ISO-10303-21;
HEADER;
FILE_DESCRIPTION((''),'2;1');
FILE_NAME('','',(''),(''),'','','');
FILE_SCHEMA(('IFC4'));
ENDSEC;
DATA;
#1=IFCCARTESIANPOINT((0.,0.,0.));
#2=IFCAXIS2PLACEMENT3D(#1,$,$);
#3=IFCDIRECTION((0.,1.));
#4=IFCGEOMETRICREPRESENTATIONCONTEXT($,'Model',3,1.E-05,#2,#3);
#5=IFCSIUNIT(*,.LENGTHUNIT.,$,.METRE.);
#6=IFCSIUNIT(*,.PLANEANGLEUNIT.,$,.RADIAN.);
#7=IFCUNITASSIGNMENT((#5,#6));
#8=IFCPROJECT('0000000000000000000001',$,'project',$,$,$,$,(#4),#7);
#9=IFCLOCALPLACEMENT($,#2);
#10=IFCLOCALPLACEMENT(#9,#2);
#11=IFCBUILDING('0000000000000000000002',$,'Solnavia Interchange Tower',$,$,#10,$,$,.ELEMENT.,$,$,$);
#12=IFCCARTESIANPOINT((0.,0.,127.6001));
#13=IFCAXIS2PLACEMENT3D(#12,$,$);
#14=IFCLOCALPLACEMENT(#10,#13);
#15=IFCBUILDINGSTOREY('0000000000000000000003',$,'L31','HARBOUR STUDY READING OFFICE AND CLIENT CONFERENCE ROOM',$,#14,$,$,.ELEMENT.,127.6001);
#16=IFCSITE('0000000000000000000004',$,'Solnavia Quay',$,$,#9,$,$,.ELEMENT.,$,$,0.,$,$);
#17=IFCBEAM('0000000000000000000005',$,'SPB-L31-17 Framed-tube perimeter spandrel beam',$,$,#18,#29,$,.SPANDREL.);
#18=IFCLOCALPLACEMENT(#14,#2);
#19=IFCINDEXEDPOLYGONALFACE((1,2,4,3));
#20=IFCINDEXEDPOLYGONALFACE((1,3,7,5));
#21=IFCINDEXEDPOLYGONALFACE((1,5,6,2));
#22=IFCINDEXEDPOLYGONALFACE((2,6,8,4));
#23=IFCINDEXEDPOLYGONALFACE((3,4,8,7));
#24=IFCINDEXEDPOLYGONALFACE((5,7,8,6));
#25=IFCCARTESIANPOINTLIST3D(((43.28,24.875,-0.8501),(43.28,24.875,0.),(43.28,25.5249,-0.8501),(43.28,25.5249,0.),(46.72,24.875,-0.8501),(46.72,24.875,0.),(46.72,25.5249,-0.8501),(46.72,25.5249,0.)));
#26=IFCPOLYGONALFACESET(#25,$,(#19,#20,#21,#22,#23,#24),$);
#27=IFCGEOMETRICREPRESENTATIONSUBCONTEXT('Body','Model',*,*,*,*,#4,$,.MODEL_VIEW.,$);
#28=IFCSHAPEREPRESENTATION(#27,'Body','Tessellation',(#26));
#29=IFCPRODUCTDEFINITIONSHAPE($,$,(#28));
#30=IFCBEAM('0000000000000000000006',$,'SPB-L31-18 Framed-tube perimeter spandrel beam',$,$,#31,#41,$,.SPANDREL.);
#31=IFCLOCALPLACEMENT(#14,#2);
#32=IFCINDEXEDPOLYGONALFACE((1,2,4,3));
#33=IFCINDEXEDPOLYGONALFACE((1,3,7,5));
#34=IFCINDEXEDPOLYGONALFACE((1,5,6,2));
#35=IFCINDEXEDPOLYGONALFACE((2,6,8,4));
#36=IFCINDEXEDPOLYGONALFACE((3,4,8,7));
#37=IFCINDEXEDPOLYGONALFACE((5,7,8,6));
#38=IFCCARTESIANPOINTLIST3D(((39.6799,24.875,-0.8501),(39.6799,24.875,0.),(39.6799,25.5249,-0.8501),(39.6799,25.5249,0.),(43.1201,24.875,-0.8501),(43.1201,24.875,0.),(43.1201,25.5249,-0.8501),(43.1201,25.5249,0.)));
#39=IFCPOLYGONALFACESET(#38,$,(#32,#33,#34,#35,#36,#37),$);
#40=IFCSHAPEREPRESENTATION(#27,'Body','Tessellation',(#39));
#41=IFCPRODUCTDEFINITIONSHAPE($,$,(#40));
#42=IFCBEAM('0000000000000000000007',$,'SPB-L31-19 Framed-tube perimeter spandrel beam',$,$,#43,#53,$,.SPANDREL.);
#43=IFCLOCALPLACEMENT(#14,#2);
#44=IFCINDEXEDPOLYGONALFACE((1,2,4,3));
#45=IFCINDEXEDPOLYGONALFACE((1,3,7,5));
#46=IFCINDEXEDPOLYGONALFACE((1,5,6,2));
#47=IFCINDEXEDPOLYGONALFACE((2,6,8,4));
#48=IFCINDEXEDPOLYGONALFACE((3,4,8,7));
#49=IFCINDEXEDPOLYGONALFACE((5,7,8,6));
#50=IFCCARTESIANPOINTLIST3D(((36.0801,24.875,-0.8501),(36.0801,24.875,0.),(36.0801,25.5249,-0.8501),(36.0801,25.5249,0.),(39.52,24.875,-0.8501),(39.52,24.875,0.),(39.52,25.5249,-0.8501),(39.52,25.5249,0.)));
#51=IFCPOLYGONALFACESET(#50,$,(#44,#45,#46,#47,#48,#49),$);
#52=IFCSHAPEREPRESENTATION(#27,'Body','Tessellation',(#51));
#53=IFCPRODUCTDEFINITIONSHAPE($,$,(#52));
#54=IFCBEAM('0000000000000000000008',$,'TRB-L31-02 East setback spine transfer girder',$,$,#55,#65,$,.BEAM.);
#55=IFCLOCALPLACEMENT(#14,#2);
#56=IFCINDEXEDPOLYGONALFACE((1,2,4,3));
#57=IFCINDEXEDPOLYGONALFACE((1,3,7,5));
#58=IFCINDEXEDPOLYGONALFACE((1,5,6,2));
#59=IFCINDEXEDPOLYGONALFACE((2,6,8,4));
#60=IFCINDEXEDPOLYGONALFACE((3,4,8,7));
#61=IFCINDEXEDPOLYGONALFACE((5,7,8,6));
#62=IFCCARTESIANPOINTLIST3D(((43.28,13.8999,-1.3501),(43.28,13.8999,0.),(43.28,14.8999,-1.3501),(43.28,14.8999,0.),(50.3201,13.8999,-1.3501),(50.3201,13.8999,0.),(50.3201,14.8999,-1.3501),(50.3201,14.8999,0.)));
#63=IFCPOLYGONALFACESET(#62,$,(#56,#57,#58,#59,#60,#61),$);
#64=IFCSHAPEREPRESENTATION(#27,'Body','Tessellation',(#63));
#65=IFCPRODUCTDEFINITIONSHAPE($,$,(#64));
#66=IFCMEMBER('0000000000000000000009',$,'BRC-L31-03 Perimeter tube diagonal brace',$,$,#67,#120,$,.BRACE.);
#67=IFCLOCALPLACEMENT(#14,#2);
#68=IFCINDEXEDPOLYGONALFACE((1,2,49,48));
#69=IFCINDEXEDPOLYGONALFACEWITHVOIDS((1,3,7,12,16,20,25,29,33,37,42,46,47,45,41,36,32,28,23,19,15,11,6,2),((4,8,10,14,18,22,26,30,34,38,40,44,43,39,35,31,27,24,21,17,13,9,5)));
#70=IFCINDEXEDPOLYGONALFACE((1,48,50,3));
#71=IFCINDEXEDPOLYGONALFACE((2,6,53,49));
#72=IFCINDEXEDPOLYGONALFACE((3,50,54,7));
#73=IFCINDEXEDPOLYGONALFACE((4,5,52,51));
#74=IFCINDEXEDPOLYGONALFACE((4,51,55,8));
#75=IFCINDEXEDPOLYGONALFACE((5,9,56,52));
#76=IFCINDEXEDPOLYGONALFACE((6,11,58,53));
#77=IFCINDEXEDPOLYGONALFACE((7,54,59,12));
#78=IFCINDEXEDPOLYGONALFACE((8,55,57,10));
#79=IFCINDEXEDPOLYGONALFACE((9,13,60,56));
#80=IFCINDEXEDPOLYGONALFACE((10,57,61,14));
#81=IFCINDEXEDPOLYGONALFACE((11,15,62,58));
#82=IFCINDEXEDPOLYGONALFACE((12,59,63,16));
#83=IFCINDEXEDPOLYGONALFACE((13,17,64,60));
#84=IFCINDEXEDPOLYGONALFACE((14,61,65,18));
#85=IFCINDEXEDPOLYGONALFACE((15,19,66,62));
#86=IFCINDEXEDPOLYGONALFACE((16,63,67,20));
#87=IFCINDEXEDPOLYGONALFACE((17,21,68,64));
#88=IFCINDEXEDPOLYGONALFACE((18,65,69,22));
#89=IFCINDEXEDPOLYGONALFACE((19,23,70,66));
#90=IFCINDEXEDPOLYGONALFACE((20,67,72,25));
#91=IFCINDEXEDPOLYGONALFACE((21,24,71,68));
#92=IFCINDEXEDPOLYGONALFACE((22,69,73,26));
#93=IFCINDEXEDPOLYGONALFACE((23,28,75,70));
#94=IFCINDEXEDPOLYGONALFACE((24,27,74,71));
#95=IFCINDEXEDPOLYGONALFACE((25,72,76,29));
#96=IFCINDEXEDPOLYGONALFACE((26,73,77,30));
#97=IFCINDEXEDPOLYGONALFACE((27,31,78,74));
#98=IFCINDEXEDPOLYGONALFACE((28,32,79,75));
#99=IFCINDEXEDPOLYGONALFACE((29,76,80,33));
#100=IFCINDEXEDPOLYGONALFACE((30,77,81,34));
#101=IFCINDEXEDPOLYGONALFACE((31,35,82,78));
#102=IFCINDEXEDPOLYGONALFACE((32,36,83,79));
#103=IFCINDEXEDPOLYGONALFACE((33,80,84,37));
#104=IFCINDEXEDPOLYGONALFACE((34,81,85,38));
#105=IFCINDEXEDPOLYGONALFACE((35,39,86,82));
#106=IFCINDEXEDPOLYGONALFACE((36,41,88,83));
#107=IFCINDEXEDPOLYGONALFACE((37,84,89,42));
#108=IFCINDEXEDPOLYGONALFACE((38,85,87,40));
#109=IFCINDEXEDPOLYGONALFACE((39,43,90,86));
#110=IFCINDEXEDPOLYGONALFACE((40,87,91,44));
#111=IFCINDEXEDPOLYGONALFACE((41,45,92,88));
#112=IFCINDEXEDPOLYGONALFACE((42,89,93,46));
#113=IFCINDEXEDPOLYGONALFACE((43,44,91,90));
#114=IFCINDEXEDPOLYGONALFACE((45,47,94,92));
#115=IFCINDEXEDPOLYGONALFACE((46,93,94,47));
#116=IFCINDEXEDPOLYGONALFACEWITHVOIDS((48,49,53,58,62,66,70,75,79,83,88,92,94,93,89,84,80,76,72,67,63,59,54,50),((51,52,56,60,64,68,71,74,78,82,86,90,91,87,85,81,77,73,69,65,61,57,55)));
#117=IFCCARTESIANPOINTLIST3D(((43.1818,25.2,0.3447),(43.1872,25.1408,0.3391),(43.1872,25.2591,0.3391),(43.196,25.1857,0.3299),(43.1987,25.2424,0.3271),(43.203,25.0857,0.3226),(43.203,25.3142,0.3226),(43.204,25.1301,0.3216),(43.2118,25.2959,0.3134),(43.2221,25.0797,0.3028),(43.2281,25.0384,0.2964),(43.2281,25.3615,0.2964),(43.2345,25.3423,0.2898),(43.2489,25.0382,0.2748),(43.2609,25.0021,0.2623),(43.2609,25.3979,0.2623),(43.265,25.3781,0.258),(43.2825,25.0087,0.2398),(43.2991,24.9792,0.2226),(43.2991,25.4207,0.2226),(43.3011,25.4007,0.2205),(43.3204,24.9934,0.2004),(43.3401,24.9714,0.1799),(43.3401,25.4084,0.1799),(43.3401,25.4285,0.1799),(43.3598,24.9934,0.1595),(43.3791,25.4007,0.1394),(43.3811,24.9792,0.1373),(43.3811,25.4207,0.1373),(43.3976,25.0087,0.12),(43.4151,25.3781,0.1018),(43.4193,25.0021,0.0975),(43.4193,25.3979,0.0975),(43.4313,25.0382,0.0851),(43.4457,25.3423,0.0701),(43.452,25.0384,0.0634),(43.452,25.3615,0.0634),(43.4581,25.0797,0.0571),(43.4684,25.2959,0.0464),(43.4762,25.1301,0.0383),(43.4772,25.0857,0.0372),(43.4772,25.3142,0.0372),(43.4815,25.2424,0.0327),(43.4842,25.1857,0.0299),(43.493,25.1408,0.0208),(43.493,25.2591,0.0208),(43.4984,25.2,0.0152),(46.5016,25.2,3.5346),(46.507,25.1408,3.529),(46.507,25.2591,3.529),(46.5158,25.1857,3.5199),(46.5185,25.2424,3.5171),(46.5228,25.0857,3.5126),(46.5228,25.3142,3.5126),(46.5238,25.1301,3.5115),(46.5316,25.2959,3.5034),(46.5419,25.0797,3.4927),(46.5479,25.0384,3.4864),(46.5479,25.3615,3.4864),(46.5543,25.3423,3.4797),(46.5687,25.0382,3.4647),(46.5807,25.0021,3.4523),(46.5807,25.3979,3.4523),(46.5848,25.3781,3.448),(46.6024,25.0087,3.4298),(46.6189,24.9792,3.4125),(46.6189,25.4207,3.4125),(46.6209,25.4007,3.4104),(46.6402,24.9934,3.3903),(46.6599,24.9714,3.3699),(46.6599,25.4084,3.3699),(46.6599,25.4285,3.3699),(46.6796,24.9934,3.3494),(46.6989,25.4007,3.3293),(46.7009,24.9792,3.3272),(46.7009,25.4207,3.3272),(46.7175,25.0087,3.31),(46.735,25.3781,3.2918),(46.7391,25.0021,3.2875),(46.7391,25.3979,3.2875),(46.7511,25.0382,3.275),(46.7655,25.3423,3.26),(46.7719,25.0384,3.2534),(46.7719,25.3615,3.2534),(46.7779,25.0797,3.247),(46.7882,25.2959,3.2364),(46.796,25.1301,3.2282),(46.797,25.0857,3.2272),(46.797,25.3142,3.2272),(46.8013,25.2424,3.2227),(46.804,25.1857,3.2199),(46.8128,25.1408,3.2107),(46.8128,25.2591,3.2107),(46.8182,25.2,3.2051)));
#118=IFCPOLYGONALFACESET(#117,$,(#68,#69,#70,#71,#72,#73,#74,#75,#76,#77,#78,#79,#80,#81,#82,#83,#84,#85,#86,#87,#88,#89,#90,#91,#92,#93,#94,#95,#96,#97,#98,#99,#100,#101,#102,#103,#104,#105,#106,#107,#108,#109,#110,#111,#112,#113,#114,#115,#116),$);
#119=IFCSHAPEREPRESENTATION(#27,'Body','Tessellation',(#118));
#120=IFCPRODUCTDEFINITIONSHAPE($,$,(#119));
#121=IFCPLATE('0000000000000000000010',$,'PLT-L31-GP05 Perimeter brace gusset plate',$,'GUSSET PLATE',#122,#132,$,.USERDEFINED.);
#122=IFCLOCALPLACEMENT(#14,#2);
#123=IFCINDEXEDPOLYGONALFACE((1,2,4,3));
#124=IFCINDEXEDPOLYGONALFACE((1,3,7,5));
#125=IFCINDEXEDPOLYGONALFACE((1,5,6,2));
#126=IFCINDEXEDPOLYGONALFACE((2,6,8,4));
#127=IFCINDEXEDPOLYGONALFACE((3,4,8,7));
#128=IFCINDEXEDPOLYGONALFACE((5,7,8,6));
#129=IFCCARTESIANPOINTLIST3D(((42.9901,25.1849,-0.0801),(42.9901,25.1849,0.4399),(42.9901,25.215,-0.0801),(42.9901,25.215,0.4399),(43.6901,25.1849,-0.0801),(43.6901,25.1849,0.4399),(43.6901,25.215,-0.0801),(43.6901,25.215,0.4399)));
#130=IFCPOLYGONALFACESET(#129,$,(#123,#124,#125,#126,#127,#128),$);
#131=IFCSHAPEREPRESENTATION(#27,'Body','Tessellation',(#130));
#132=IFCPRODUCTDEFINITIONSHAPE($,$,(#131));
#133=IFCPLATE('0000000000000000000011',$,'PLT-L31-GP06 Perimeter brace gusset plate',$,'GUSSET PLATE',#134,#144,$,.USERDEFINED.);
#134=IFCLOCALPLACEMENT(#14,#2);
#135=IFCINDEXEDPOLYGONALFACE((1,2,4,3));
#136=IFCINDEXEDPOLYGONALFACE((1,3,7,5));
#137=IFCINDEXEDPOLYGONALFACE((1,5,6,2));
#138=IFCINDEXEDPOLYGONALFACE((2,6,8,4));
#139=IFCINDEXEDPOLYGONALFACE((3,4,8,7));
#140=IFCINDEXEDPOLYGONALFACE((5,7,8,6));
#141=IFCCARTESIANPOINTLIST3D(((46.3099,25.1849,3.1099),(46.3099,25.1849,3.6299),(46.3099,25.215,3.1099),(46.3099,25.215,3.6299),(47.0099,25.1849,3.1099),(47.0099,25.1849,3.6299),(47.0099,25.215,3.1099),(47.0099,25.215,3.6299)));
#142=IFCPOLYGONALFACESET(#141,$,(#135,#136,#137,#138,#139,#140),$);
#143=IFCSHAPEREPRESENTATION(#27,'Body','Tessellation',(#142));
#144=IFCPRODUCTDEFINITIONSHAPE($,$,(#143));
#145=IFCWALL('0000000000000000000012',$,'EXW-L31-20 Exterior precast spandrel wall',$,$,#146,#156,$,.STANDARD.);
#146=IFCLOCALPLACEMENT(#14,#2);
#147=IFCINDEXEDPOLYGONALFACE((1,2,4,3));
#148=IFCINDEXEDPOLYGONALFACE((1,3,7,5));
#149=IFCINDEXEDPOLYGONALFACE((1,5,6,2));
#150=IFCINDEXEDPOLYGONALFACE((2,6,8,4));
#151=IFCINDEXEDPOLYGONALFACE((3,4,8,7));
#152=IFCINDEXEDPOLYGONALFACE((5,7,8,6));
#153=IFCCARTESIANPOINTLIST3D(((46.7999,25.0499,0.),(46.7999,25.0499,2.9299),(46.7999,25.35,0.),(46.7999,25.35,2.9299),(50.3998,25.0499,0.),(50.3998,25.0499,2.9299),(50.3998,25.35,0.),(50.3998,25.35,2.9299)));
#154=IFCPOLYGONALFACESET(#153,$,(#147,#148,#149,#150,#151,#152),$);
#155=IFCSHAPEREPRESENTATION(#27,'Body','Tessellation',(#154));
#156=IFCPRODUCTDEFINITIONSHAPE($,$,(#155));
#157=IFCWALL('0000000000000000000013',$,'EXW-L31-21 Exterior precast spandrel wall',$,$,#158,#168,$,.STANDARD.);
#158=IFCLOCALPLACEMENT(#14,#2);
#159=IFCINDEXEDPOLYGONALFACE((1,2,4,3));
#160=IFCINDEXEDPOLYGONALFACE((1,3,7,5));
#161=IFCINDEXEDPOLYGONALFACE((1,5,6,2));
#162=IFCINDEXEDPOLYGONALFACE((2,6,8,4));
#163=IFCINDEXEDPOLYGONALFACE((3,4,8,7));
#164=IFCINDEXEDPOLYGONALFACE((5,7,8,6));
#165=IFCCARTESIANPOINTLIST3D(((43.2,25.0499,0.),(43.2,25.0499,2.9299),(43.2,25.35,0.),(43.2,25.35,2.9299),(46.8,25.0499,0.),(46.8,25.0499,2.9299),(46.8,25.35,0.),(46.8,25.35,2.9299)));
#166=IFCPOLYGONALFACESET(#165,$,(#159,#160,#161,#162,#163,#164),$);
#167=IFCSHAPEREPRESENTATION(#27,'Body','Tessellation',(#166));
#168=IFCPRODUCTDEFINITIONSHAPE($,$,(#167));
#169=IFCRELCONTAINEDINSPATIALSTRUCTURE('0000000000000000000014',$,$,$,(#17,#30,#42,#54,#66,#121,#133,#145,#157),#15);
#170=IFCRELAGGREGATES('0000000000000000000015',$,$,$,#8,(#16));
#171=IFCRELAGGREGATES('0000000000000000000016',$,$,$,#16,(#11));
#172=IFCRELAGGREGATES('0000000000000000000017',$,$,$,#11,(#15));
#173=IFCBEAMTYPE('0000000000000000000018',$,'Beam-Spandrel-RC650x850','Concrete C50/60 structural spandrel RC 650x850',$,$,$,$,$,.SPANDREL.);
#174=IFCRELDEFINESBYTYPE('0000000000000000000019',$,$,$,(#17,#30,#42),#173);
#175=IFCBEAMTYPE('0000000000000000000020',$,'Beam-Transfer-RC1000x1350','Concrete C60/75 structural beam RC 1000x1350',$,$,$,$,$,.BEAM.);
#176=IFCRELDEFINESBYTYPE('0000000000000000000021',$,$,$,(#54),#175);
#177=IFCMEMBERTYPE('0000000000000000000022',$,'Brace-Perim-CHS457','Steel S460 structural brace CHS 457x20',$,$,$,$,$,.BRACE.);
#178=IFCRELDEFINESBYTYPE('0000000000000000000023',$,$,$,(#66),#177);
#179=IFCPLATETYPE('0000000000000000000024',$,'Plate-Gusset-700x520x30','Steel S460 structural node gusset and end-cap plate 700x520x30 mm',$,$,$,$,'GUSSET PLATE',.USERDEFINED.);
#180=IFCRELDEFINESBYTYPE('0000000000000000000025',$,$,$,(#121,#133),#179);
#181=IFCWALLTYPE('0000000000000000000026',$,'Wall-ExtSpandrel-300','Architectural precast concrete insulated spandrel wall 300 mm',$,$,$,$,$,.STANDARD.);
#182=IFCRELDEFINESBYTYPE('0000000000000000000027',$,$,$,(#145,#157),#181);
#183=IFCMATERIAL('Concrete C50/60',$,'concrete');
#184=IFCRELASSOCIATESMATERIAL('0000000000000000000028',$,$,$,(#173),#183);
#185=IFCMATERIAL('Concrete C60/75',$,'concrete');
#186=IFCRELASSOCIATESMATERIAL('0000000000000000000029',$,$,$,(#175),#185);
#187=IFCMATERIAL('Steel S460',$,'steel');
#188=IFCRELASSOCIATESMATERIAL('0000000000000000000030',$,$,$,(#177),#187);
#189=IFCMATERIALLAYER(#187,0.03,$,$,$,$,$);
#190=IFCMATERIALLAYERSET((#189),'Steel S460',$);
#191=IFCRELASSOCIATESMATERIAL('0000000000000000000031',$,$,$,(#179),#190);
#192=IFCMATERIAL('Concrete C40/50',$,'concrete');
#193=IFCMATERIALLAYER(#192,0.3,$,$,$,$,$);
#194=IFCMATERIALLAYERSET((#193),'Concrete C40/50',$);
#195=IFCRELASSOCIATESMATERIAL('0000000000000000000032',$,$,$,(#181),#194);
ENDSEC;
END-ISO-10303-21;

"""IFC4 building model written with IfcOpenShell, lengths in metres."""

from ifc_helpers import new_model, si_unit, direction, frame, frame_2d, origin, origin_2d, place, context, subcontext, project, spatial, rectangle, hollow_circle, extrude, material, layer, layer_set, material_profile, profile_set, type_object, element, save


model = new_model("IFC4")

# Units and contexts
model_context = context("Model", 3, precision=1e-05, world=origin(), true_north=direction((0.0, 1.0)))
body_context = subcontext(model_context, "Body", "Model", "MODEL_VIEW")
ifc_project = project(units=[si_unit("LENGTHUNIT", "METRE"), si_unit("PLANEANGLEUNIT", "RADIAN")], contexts=[model_context])

# Site, building, storey
site_placement = place(None, origin())
site = spatial("IfcSite", under=ifc_project, at=site_placement, Name="Solnavia Quay", CompositionType="ELEMENT", RefElevation=0.0)
building_placement = place(site_placement, origin())
building = spatial("IfcBuilding", under=site, at=building_placement, Name="Solnavia Interchange Tower", CompositionType="ELEMENT")
storey_placement = place(building_placement, frame((0.0, 0.0, 127.6001)))
storey = spatial("IfcBuildingStorey", under=building, at=storey_placement, Name="L31", Description="HARBOUR STUDY READING OFFICE AND CLIENT CONFERENCE ROOM", CompositionType="ELEMENT", Elevation=127.6001)

# Shared definitions
ifc_material_1 = material(Name="Concrete C50/60", Category="concrete")

# Beams
ifc_material_profile_1 = material_profile(ifc_material_1, rectangle(XDim=0.6499, YDim=0.8501, at=origin_2d()), Name="RC 650x850")
ifc_profile_set_1 = profile_set([ifc_material_profile_1], Name="Concrete C50/60")
beam_type_1 = type_object("IfcBeamType", Name="Beam-Spandrel-RC650x850", Description="Concrete C50/60 structural spandrel RC 650x850", PredefinedType="SPANDREL", material=ifc_profile_set_1)
beam_1_placement = place(storey_placement, frame((46.72, 25.2, -0.425), z_axis=(-1.0, 0.0, 0.0), x_axis=(0.0, -1.0, 0.0)))
element("IfcBeam", 1, at=beam_1_placement, inside=storey, type_object=beam_type_1, Name="SPB-L31-17 Framed-tube perimeter spandrel beam", PredefinedType="SPANDREL", context=body_context, shape_type="SweptSolid", body=[
    extrude(rectangle(XDim=0.6499, YDim=0.8501, at=origin_2d()), origin(), (0.0, 0.0, 1.0), 3.4399),
])
beam_2_placement = place(storey_placement, frame((43.1201, 25.2, -0.425), z_axis=(-1.0, 0.0, 0.0), x_axis=(0.0, -1.0, 0.0)))
element("IfcBeam", 2, at=beam_2_placement, inside=storey, type_object=beam_type_1, Name="SPB-L31-18 Framed-tube perimeter spandrel beam", PredefinedType="SPANDREL", context=body_context, shape_type="SweptSolid", body=[
    extrude(rectangle(XDim=0.6499, YDim=0.8501, at=origin_2d()), origin(), (0.0, 0.0, 1.0), 3.4402),
])
beam_3_placement = place(storey_placement, frame((39.52, 25.2, -0.425), z_axis=(-1.0, 0.0, 0.0), x_axis=(0.0, -1.0, 0.0)))
element("IfcBeam", 3, at=beam_3_placement, inside=storey, type_object=beam_type_1, Name="SPB-L31-19 Framed-tube perimeter spandrel beam", PredefinedType="SPANDREL", context=body_context, shape_type="SweptSolid", body=[
    extrude(rectangle(XDim=0.6499, YDim=0.8501, at=origin_2d()), origin(), (0.0, 0.0, 1.0), 3.4399),
])
ifc_material_2 = material(Name="Concrete C60/75", Category="concrete")
ifc_material_profile_2 = material_profile(ifc_material_2, rectangle(XDim=1.0, YDim=1.3501, at=origin_2d()), Name="RC 1000x1350")
ifc_profile_set_2 = profile_set([ifc_material_profile_2], Name="Concrete C60/75")
beam_type_2 = type_object("IfcBeamType", Name="Beam-Transfer-RC1000x1350", Description="Concrete C60/75 structural beam RC 1000x1350", PredefinedType="BEAM", material=ifc_profile_set_2)
beam_4_placement = place(storey_placement, frame((43.28, 14.3999, -0.675), z_axis=(1.0, 0.0, 0.0), x_axis=(0.0, 1.0, 0.0)))
element("IfcBeam", 4, at=beam_4_placement, inside=storey, type_object=beam_type_2, Name="TRB-L31-02 East setback spine transfer girder", PredefinedType="BEAM", context=body_context, shape_type="SweptSolid", body=[
    extrude(rectangle(XDim=1.0, YDim=1.3501, at=origin_2d()), origin(), (0.0, 0.0, 1.0), 7.04),
])

# Member
ifc_material_3 = material(Name="Steel S460", Category="steel")
ifc_material_profile_3 = material_profile(ifc_material_3, hollow_circle(Radius=0.2285, WallThickness=0.02, at=origin_2d()), Name="CHS 457x20")
ifc_profile_set_3 = profile_set([ifc_material_profile_3], Name="Steel S460")
member_type = type_object("IfcMemberType", Name="Brace-Perim-CHS457", Description="Steel S460 structural brace CHS 457x20", PredefinedType="BRACE", material=ifc_profile_set_3)
member_placement = place(storey_placement, frame((43.3401, 25.2, 0.1799), z_axis=(0.721071, 0.0, 0.692861), x_axis=(0.0, 1.0, 0.0)))
element("IfcMember", 5, at=member_placement, inside=storey, type_object=member_type, Name="BRC-L31-03 Perimeter tube diagonal brace", PredefinedType="BRACE", context=body_context, shape_type="SweptSolid", body=[
    extrude(hollow_circle(Radius=0.2285, WallThickness=0.02, at=origin_2d()), origin(), (0.0, 0.0, 1.0), 4.604),
])

# Plates
ifc_layer_1 = layer(ifc_material_3, 0.03)
ifc_layer_set_1 = layer_set([ifc_layer_1], Name="Steel S460")
plate_type = type_object("IfcPlateType", Name="Plate-Gusset-700x520x30", Description="Steel S460 structural node gusset and end-cap plate 700x520x30 mm", ElementType="GUSSET PLATE", PredefinedType="USERDEFINED", material=ifc_layer_set_1)
for number, where, z_axis, x_axis, name in (
    (6, (43.3401, 25.2, -0.0801), (0.0, 0.0, 1.0), (1.0, 0.0, 0.0), "PLT-L31-GP05 Perimeter brace gusset plate"),
    (7, (46.6599, 25.2, 3.1099), (0.0, 0.0, 1.0), (1.0, 0.0, 0.0), "PLT-L31-GP06 Perimeter brace gusset plate"),
):
    element("IfcPlate", number, at=place(storey_placement, frame(where, z_axis=z_axis, x_axis=x_axis)), inside=storey, type_object=plate_type, Name=name, ObjectType="GUSSET PLATE", PredefinedType="USERDEFINED", context=body_context, shape_type="SweptSolid", body=[
        extrude(rectangle(XDim=0.7, YDim=0.03, at=origin_2d()), origin(), (0.0, 0.0, 1.0), 0.52),
    ])

# Walls
ifc_material_4 = material(Name="Concrete C40/50", Category="concrete")
ifc_layer_2 = layer(ifc_material_4, 0.3)
ifc_layer_set_2 = layer_set([ifc_layer_2], Name="Concrete C40/50")
wall_type_1 = type_object("IfcWallType", Name="Wall-ExtSpandrel-300", Description="Architectural precast concrete insulated spandrel wall 300 mm", PredefinedType="STANDARD", material=ifc_layer_set_2)
wall_1_placement = place(storey_placement, frame((46.8, 25.2, 0.0), z_axis=(0.0, 0.0, 1.0), x_axis=(1.0, 0.0, 0.0)))
element("IfcWall", 8, at=wall_1_placement, inside=storey, type_object=wall_type_1, Name="EXW-L31-20 Exterior precast spandrel wall", PredefinedType="STANDARD", context=body_context, shape_type="SweptSolid", body=[
    extrude(rectangle(XDim=3.5999, YDim=0.3, at=frame_2d((1.7998, 0.0))), origin(), (0.0, 0.0, 1.0), 2.9299),
])
wall_2_placement = place(storey_placement, frame((43.2, 25.2, 0.0), z_axis=(0.0, 0.0, 1.0), x_axis=(1.0, 0.0, 0.0)))
element("IfcWall", 9, at=wall_2_placement, inside=storey, type_object=wall_type_1, Name="EXW-L31-21 Exterior precast spandrel wall", PredefinedType="STANDARD", context=body_context, shape_type="SweptSolid", body=[
    extrude(rectangle(XDim=3.6001, YDim=0.3, at=frame_2d((1.8, 0.0))), origin(), (0.0, 0.0, 1.0), 2.9299),
])

save(model, "model.ifc")
